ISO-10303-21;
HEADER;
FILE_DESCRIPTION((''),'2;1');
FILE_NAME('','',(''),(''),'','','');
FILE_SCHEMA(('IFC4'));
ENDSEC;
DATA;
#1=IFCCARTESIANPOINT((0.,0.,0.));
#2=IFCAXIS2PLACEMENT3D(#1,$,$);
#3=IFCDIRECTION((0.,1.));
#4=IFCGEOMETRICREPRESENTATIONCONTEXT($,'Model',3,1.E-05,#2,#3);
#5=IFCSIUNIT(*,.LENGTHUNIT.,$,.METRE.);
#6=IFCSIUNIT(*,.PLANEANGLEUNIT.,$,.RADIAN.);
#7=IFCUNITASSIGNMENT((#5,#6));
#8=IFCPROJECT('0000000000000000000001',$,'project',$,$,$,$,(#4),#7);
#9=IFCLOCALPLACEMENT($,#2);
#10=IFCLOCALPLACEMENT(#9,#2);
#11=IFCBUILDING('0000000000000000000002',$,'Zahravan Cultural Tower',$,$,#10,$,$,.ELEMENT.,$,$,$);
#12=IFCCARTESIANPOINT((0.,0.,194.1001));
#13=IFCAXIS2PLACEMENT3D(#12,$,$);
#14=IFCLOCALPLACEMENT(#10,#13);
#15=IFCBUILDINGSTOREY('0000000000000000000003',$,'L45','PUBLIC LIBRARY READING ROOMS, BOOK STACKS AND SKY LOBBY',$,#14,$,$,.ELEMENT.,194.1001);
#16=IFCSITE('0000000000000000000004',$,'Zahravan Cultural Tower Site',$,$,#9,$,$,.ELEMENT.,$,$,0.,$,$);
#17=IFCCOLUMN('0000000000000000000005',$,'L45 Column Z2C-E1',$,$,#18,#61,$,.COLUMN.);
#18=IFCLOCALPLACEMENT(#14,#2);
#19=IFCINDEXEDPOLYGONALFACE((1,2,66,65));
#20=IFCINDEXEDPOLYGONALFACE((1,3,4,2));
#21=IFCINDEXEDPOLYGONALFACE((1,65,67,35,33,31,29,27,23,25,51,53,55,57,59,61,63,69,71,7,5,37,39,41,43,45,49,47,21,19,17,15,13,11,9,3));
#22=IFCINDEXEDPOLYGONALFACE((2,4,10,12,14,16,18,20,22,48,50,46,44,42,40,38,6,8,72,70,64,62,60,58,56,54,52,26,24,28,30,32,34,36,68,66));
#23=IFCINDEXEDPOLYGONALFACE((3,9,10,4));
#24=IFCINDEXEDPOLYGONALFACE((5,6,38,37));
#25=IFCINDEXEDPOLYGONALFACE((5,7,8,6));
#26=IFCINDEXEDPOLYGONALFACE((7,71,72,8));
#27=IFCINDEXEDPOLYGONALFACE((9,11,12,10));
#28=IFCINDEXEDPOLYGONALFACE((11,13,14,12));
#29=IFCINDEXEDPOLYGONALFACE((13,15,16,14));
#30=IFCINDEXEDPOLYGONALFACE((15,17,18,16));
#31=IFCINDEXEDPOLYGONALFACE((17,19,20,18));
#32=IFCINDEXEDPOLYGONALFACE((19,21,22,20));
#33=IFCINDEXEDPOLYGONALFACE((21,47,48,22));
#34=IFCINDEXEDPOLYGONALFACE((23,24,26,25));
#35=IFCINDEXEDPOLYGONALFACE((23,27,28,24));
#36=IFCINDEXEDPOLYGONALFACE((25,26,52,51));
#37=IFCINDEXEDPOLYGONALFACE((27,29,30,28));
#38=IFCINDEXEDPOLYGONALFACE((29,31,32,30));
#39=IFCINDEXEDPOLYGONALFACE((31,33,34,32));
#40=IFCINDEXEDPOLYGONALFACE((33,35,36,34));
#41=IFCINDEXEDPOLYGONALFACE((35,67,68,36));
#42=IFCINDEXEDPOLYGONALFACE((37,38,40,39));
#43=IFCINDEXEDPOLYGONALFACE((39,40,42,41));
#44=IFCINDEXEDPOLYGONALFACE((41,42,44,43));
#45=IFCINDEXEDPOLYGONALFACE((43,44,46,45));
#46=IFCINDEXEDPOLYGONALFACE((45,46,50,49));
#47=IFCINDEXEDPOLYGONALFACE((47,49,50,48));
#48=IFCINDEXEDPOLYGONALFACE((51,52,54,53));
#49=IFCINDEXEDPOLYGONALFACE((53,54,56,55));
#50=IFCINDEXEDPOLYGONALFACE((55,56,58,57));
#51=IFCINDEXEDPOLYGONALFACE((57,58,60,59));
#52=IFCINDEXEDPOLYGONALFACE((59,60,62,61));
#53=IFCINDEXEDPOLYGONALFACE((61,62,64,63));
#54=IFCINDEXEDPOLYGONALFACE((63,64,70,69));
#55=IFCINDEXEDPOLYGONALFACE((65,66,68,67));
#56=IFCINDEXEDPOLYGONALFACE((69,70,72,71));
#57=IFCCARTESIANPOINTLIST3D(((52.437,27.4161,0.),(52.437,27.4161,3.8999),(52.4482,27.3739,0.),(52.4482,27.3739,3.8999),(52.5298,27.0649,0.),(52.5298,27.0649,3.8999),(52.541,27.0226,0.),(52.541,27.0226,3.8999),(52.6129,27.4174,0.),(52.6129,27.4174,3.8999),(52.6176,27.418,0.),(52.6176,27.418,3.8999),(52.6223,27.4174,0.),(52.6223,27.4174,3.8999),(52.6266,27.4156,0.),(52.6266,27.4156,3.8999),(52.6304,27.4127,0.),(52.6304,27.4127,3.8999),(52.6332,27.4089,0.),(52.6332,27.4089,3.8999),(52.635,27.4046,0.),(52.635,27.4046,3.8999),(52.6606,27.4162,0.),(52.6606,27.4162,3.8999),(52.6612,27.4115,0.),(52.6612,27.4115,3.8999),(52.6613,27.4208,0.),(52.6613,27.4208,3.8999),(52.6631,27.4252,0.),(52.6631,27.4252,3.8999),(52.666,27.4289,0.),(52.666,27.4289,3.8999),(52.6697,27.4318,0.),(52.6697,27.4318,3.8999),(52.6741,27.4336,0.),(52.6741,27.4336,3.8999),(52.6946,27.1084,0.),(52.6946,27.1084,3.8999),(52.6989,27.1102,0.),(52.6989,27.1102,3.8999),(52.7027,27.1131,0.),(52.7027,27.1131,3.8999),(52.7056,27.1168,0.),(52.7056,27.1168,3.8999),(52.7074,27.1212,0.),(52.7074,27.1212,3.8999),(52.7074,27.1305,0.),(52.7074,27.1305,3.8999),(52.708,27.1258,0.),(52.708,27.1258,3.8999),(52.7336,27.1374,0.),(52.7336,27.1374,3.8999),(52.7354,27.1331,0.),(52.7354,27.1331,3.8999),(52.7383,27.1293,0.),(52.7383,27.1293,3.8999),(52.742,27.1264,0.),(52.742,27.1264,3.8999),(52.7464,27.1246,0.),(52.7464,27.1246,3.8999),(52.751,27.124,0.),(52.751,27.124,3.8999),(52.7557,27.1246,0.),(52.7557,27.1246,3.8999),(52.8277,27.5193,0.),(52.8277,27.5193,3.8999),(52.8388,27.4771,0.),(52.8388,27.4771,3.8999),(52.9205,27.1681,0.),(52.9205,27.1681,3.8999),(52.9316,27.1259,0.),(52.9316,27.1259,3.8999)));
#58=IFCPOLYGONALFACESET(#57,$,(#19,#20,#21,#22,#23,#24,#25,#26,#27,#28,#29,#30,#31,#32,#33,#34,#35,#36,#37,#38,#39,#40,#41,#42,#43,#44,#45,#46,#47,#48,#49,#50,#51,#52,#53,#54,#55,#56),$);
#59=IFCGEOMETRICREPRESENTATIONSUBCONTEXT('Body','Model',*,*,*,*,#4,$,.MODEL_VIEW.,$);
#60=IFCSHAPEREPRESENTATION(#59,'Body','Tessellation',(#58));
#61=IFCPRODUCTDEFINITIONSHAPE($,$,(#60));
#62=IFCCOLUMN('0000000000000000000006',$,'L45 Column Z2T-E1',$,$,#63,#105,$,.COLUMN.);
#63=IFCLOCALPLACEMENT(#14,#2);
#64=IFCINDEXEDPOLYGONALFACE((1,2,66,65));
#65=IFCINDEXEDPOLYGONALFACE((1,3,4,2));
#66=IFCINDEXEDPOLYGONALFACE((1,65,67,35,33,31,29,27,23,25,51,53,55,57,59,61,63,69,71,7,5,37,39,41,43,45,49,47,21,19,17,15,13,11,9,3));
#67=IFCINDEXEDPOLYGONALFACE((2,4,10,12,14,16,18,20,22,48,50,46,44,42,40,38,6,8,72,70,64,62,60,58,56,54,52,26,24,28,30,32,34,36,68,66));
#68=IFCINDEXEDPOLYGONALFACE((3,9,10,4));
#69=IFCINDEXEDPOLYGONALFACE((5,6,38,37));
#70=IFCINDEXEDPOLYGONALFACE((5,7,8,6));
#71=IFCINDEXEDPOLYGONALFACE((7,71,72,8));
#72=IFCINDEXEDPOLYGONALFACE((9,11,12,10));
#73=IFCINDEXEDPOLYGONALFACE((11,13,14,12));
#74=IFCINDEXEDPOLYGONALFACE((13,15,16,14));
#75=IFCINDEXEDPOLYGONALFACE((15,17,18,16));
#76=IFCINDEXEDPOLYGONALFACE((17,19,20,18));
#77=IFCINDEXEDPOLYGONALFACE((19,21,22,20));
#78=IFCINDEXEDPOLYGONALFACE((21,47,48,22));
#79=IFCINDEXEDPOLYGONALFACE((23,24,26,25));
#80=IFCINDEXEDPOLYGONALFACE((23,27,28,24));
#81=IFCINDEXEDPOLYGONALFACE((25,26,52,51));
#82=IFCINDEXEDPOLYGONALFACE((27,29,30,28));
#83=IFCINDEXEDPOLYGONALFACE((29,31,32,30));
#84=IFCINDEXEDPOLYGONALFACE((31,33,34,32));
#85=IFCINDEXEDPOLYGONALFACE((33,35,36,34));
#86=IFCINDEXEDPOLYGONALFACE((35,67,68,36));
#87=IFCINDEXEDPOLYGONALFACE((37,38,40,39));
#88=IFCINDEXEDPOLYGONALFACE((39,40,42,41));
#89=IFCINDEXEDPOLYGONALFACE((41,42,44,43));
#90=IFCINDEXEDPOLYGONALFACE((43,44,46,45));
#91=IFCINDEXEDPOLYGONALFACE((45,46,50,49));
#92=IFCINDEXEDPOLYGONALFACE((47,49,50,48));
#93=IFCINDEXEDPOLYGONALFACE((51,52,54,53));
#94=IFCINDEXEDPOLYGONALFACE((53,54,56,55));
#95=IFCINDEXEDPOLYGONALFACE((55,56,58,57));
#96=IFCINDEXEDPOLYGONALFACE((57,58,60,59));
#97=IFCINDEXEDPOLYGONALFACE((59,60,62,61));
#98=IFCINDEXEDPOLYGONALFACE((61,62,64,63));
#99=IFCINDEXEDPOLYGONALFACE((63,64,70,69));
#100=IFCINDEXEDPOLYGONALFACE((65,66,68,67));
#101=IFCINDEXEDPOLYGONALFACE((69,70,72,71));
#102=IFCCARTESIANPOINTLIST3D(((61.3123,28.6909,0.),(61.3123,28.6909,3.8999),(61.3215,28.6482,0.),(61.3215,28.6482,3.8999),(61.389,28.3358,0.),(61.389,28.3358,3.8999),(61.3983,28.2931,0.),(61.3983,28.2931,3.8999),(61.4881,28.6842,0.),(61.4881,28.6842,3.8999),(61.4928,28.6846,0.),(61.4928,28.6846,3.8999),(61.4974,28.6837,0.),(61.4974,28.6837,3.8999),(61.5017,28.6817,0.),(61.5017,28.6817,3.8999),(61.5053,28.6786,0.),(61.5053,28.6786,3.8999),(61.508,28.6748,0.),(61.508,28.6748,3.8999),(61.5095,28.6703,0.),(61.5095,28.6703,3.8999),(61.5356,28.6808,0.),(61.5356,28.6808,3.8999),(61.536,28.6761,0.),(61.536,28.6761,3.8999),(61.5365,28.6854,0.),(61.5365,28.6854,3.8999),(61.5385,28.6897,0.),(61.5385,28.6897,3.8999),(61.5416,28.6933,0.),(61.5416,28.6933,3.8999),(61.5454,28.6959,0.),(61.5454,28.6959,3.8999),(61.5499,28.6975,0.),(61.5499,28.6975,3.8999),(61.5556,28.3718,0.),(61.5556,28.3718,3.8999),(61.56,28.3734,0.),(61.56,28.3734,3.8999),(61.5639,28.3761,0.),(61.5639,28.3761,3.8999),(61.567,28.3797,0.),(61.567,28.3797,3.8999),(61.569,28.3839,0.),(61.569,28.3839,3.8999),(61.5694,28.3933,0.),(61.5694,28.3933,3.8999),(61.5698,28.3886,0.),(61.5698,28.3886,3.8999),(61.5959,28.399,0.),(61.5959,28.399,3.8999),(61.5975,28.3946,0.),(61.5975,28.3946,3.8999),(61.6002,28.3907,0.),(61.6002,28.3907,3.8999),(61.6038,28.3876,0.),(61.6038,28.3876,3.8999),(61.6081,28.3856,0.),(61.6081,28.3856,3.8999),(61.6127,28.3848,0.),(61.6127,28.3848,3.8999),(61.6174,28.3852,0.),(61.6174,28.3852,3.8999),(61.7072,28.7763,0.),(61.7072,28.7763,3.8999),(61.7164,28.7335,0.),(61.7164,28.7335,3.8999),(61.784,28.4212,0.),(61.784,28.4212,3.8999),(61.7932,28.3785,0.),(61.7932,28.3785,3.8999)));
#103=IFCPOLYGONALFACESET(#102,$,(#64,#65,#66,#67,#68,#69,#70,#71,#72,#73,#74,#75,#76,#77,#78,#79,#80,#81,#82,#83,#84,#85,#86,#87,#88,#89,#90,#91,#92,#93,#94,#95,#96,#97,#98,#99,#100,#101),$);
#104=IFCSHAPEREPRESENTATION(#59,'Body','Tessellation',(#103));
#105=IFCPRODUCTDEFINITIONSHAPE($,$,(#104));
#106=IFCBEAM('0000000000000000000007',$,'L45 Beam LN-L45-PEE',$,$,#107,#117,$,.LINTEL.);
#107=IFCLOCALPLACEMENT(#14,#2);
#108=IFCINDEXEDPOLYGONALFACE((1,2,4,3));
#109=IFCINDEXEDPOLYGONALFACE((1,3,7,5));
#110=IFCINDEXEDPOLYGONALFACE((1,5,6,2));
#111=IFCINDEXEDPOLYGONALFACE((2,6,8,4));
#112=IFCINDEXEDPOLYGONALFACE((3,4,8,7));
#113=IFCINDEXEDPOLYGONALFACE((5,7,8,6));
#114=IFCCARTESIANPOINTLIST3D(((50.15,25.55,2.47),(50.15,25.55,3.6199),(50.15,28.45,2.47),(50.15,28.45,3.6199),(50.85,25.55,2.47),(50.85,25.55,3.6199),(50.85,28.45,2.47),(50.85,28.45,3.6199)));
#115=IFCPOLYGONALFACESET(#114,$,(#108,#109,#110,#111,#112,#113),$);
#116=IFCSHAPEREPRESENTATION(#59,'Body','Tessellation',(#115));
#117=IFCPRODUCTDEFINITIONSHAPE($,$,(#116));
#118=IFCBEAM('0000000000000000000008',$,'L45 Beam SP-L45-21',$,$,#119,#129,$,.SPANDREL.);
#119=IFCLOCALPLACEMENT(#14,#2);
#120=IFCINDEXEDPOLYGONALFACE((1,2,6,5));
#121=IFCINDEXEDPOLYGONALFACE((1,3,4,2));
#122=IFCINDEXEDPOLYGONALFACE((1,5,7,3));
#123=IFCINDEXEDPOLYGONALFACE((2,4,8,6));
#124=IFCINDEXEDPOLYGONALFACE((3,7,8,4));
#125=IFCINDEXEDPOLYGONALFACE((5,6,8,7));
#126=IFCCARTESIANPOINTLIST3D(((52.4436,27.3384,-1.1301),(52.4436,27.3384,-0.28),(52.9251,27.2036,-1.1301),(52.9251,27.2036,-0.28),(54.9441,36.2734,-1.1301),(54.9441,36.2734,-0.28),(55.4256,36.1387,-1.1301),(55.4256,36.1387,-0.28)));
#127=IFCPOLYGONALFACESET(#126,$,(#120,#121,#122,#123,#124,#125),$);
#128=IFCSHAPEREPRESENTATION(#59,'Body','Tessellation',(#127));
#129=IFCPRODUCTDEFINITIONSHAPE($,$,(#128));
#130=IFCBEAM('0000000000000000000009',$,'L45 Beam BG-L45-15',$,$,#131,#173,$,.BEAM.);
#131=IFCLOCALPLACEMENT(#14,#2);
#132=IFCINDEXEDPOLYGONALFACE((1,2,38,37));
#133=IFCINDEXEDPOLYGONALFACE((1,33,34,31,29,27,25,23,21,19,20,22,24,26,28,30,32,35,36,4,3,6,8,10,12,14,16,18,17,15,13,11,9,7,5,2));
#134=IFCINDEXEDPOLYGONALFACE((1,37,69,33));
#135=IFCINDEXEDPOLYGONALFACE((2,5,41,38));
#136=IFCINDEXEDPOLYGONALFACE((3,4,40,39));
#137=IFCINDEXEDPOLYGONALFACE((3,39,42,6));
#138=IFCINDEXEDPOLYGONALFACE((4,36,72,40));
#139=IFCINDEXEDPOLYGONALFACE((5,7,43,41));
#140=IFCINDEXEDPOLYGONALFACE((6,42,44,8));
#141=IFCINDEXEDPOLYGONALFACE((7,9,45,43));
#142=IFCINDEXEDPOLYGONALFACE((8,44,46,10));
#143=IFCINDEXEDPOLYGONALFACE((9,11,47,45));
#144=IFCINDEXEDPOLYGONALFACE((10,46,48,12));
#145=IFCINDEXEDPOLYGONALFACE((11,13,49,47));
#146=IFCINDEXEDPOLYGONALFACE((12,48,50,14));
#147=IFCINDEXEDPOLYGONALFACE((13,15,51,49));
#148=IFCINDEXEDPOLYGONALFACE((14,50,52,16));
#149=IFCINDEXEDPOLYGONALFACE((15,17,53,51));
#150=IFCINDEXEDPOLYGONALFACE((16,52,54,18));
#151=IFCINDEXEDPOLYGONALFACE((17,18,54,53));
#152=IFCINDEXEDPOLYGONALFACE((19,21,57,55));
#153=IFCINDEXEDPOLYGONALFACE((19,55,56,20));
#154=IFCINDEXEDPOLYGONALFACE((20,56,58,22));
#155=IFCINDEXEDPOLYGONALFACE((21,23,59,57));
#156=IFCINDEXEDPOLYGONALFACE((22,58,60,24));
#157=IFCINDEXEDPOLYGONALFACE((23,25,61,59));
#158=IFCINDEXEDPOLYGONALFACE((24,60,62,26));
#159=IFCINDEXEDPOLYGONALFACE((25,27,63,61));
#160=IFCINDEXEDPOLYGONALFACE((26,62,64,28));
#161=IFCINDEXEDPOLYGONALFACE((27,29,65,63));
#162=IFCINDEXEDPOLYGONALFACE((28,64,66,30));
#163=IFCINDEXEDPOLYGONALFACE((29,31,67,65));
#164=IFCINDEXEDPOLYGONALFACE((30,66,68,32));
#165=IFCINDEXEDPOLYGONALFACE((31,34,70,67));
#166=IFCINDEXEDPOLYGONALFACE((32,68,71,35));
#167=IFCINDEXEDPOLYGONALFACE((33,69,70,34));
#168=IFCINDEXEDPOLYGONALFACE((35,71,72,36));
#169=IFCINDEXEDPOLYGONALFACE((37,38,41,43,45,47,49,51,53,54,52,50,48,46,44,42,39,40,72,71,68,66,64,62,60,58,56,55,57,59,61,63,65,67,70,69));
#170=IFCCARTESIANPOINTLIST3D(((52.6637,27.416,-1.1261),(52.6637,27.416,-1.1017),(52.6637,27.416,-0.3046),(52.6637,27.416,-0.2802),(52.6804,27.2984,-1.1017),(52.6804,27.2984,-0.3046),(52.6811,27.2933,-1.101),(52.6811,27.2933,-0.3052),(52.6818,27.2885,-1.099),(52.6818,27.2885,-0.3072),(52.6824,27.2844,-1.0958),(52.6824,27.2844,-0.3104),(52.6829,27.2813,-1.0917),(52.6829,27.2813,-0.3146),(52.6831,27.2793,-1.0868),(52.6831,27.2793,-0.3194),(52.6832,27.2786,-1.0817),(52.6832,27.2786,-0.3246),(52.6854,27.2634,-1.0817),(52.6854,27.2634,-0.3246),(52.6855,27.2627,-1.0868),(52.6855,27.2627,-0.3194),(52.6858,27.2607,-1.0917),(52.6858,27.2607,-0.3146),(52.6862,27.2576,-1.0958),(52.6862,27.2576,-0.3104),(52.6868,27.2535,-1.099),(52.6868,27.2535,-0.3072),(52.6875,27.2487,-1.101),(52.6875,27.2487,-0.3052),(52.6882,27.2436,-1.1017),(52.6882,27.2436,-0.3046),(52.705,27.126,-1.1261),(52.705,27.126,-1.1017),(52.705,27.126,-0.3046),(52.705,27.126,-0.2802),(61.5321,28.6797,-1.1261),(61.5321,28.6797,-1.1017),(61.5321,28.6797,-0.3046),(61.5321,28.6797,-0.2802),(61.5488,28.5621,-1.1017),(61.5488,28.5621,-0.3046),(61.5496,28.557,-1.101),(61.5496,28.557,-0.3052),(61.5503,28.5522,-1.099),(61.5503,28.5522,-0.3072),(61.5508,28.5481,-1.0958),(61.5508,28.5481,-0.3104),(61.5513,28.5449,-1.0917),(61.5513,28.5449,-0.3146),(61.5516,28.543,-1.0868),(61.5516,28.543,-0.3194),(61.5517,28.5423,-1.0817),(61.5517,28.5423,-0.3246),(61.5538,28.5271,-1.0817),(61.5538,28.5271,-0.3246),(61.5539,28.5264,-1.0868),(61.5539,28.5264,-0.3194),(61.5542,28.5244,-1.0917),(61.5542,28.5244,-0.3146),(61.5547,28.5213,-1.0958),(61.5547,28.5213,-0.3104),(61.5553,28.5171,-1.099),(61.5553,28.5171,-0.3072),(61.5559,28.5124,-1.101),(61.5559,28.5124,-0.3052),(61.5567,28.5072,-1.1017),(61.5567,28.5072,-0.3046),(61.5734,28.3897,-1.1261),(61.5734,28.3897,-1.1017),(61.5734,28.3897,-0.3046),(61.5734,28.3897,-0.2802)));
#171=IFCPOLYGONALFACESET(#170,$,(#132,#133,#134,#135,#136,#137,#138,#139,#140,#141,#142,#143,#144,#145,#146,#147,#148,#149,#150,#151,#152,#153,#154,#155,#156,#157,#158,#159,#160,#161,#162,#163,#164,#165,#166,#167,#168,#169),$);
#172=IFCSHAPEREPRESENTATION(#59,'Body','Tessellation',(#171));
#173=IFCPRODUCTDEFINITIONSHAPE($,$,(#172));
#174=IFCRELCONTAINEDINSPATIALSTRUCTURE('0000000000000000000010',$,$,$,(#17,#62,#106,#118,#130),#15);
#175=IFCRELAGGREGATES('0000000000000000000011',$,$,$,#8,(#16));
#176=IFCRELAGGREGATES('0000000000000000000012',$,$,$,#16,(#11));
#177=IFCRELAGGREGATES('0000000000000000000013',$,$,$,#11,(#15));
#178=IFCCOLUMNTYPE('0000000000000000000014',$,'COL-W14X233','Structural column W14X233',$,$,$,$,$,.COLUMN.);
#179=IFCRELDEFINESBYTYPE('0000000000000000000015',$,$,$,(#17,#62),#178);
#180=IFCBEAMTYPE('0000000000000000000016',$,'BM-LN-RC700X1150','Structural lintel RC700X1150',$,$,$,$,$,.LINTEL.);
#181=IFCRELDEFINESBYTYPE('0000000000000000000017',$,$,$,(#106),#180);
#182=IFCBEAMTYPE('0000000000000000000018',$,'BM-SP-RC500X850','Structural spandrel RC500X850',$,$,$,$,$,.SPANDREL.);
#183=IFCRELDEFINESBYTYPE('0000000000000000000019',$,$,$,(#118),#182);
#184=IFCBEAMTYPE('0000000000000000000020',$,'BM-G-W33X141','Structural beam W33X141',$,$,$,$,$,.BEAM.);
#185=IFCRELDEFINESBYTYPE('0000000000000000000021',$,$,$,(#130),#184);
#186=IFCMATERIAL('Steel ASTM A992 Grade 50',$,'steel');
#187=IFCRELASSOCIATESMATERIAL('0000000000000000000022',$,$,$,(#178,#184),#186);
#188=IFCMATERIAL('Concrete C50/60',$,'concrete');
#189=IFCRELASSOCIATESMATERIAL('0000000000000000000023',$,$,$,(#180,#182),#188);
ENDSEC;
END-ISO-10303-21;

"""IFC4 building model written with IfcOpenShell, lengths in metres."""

from ifc_helpers import new_model, si_unit, direction, frame, origin, origin_2d, place, context, subcontext, project, spatial, rectangle, i_section, extrude, source, transform, mapped, material, material_profile, profile_set, type_object, element, save


model = new_model("IFC4")

# Units and contexts
model_context = context("Model", 3, precision=1e-05, world=origin(), true_north=direction((0.0, 1.0)))
body_context = subcontext(model_context, "Body", "Model", "MODEL_VIEW")
ifc_project = project(units=[si_unit("LENGTHUNIT", "METRE"), si_unit("PLANEANGLEUNIT", "RADIAN")], contexts=[model_context])

# Site, building, storey
site_placement = place(None, origin())
site = spatial("IfcSite", under=ifc_project, at=site_placement, Name="Zahravan Cultural Tower Site", CompositionType="ELEMENT", RefElevation=0.0)
building_placement = place(site_placement, origin())
building = spatial("IfcBuilding", under=site, at=building_placement, Name="Zahravan Cultural Tower", CompositionType="ELEMENT")
storey_placement = place(building_placement, frame((0.0, 0.0, 194.1001)))
storey = spatial("IfcBuildingStorey", under=building, at=storey_placement, Name="L45", Description="PUBLIC LIBRARY READING ROOMS, BOOK STACKS AND SKY LOBBY", CompositionType="ELEMENT", Elevation=194.1001)

# Columns
ifc_material_1 = material(Name="Steel ASTM A992 Grade 50", Category="steel")
ifc_material_profile_1 = material_profile(ifc_material_1, i_section(OverallWidth=0.4041, OverallDepth=0.407, WebThickness=0.0271, FlangeThickness=0.0437, FilletRadius=0.0181, at=origin_2d()), Name="W14X233")
ifc_profile_set_1 = profile_set([ifc_material_profile_1], Name="Steel ASTM A992 Grade 50")
column_type = type_object("IfcColumnType", Name="COL-W14X233", Description="Structural column W14X233", PredefinedType="COLUMN", material=ifc_profile_set_1)
shared_shape_1 = source(origin(), body_context, "Body", "SweptSolid", [
    extrude(i_section(OverallWidth=0.4041, OverallDepth=0.407, WebThickness=0.0271, FlangeThickness=0.0437, FilletRadius=0.0181, at=origin_2d()), origin(), (0.0, 0.0, 1.0), 3.8999),
])
for number, where, z_axis, x_axis, name in (
    (1, (52.6843, 27.271, 0.0), (0.0, 0.0, 1.0), (0.966823, 0.255446, 0.0), "L45 Column Z2C-E1"),
    (2, (61.5527, 28.5347, 0.0), (0.0, 0.0, 1.0), (0.977416, 0.211325, 0.0), "L45 Column Z2T-E1"),
):
    element("IfcColumn", number, at=place(storey_placement, frame(where, z_axis=z_axis, x_axis=x_axis)), inside=storey, type_object=column_type, Name=name, PredefinedType="COLUMN", context=body_context, shape_type="MappedRepresentation", body=[
        mapped(shared_shape_1, transform((0.0, 0.0, 0.0), x_axis=(1.0, 0.0, 0.0), y_axis=(0.0, 1.0, 0.0), z_axis=(0.0, 0.0, 1.0), scale=1.0)),
    ])

# Beams
ifc_material_2 = material(Name="Concrete C50/60", Category="concrete")
ifc_material_profile_2 = material_profile(ifc_material_2, rectangle(XDim=0.7, YDim=1.1499, at=origin_2d()), Name="RC700X1150")
ifc_profile_set_2 = profile_set([ifc_material_profile_2], Name="Concrete C50/60")
beam_type_1 = type_object("IfcBeamType", Name="BM-LN-RC700X1150", Description="Structural lintel RC700X1150", PredefinedType="LINTEL", material=ifc_profile_set_2)
shared_shape_2 = source(origin(), body_context, "Body", "SweptSolid", [
    extrude(rectangle(XDim=0.7, YDim=1.1499, at=origin_2d()), origin(), (0.0, 0.0, 1.0), 2.8999),
])
beam_1_placement = place(storey_placement, frame((50.5, 25.55, 3.0449), z_axis=(0.0, 1.0, 0.0), x_axis=(-1.0, 0.0, 0.0)))
element("IfcBeam", 3, at=beam_1_placement, inside=storey, type_object=beam_type_1, Name="L45 Beam LN-L45-PEE", PredefinedType="LINTEL", context=body_context, shape_type="MappedRepresentation", body=[
    mapped(shared_shape_2, transform((0.0, 0.0, 0.0), x_axis=(1.0, 0.0, 0.0), y_axis=(0.0, 1.0, 0.0), z_axis=(0.0, 0.0, 1.0), scale=1.0)),
])
ifc_material_profile_3 = material_profile(ifc_material_2, rectangle(XDim=0.5, YDim=0.8501, at=origin_2d()), Name="RC500X850")
ifc_profile_set_3 = profile_set([ifc_material_profile_3], Name="Concrete C50/60")
beam_type_2 = type_object("IfcBeamType", Name="BM-SP-RC500X850", Description="Structural spandrel RC500X850", PredefinedType="SPANDREL", material=ifc_profile_set_3)
shared_shape_3 = source(origin(), body_context, "Body", "SweptSolid", [
    extrude(rectangle(XDim=0.5, YDim=0.8501, at=origin_2d()), origin(), (0.0, 0.0, 1.0), 9.2783),
])
beam_2_placement = place(storey_placement, frame((52.6843, 27.271, -0.7051), z_axis=(0.269497, 0.963001, 0.0), x_axis=(-0.963001, 0.269497, 0.0)))
element("IfcBeam", 4, at=beam_2_placement, inside=storey, type_object=beam_type_2, Name="L45 Beam SP-L45-21", PredefinedType="SPANDREL", context=body_context, shape_type="MappedRepresentation", body=[
    mapped(shared_shape_3, transform((0.0, 0.0, 0.0), x_axis=(1.0, 0.0, 0.0), y_axis=(0.0, 1.0, 0.0), z_axis=(0.0, 0.0, 1.0), scale=1.0)),
])
ifc_material_profile_4 = material_profile(ifc_material_1, i_section(OverallWidth=0.293, OverallDepth=0.8459, WebThickness=0.0154, FlangeThickness=0.0244, FilletRadius=0.02, at=origin_2d()), Name="W33X141")
ifc_profile_set_4 = profile_set([ifc_material_profile_4], Name="Steel ASTM A992 Grade 50")
beam_type_3 = type_object("IfcBeamType", Name="BM-G-W33X141", Description="Structural beam W33X141", PredefinedType="BEAM", material=ifc_profile_set_4)
shared_shape_4 = source(origin(), body_context, "Body", "SweptSolid", [
    extrude(i_section(OverallWidth=0.293, OverallDepth=0.8459, WebThickness=0.0154, FlangeThickness=0.0244, FilletRadius=0.02, at=origin_2d()), origin(), (0.0, 0.0, 1.0), 8.958),
])
beam_3_placement = place(storey_placement, frame((52.6843, 27.271, -0.7031), z_axis=(0.99, 0.141067, 0.0), x_axis=(-0.141067, 0.99, 0.0)))
element("IfcBeam", 5, at=beam_3_placement, inside=storey, type_object=beam_type_3, Name="L45 Beam BG-L45-15", PredefinedType="BEAM", context=body_context, shape_type="MappedRepresentation", body=[
    mapped(shared_shape_4, transform((0.0, 0.0, 0.0), x_axis=(1.0, 0.0, 0.0), y_axis=(0.0, 1.0, 0.0), z_axis=(0.0, 0.0, 1.0), scale=1.0)),
])

save(model, "model.ifc")
